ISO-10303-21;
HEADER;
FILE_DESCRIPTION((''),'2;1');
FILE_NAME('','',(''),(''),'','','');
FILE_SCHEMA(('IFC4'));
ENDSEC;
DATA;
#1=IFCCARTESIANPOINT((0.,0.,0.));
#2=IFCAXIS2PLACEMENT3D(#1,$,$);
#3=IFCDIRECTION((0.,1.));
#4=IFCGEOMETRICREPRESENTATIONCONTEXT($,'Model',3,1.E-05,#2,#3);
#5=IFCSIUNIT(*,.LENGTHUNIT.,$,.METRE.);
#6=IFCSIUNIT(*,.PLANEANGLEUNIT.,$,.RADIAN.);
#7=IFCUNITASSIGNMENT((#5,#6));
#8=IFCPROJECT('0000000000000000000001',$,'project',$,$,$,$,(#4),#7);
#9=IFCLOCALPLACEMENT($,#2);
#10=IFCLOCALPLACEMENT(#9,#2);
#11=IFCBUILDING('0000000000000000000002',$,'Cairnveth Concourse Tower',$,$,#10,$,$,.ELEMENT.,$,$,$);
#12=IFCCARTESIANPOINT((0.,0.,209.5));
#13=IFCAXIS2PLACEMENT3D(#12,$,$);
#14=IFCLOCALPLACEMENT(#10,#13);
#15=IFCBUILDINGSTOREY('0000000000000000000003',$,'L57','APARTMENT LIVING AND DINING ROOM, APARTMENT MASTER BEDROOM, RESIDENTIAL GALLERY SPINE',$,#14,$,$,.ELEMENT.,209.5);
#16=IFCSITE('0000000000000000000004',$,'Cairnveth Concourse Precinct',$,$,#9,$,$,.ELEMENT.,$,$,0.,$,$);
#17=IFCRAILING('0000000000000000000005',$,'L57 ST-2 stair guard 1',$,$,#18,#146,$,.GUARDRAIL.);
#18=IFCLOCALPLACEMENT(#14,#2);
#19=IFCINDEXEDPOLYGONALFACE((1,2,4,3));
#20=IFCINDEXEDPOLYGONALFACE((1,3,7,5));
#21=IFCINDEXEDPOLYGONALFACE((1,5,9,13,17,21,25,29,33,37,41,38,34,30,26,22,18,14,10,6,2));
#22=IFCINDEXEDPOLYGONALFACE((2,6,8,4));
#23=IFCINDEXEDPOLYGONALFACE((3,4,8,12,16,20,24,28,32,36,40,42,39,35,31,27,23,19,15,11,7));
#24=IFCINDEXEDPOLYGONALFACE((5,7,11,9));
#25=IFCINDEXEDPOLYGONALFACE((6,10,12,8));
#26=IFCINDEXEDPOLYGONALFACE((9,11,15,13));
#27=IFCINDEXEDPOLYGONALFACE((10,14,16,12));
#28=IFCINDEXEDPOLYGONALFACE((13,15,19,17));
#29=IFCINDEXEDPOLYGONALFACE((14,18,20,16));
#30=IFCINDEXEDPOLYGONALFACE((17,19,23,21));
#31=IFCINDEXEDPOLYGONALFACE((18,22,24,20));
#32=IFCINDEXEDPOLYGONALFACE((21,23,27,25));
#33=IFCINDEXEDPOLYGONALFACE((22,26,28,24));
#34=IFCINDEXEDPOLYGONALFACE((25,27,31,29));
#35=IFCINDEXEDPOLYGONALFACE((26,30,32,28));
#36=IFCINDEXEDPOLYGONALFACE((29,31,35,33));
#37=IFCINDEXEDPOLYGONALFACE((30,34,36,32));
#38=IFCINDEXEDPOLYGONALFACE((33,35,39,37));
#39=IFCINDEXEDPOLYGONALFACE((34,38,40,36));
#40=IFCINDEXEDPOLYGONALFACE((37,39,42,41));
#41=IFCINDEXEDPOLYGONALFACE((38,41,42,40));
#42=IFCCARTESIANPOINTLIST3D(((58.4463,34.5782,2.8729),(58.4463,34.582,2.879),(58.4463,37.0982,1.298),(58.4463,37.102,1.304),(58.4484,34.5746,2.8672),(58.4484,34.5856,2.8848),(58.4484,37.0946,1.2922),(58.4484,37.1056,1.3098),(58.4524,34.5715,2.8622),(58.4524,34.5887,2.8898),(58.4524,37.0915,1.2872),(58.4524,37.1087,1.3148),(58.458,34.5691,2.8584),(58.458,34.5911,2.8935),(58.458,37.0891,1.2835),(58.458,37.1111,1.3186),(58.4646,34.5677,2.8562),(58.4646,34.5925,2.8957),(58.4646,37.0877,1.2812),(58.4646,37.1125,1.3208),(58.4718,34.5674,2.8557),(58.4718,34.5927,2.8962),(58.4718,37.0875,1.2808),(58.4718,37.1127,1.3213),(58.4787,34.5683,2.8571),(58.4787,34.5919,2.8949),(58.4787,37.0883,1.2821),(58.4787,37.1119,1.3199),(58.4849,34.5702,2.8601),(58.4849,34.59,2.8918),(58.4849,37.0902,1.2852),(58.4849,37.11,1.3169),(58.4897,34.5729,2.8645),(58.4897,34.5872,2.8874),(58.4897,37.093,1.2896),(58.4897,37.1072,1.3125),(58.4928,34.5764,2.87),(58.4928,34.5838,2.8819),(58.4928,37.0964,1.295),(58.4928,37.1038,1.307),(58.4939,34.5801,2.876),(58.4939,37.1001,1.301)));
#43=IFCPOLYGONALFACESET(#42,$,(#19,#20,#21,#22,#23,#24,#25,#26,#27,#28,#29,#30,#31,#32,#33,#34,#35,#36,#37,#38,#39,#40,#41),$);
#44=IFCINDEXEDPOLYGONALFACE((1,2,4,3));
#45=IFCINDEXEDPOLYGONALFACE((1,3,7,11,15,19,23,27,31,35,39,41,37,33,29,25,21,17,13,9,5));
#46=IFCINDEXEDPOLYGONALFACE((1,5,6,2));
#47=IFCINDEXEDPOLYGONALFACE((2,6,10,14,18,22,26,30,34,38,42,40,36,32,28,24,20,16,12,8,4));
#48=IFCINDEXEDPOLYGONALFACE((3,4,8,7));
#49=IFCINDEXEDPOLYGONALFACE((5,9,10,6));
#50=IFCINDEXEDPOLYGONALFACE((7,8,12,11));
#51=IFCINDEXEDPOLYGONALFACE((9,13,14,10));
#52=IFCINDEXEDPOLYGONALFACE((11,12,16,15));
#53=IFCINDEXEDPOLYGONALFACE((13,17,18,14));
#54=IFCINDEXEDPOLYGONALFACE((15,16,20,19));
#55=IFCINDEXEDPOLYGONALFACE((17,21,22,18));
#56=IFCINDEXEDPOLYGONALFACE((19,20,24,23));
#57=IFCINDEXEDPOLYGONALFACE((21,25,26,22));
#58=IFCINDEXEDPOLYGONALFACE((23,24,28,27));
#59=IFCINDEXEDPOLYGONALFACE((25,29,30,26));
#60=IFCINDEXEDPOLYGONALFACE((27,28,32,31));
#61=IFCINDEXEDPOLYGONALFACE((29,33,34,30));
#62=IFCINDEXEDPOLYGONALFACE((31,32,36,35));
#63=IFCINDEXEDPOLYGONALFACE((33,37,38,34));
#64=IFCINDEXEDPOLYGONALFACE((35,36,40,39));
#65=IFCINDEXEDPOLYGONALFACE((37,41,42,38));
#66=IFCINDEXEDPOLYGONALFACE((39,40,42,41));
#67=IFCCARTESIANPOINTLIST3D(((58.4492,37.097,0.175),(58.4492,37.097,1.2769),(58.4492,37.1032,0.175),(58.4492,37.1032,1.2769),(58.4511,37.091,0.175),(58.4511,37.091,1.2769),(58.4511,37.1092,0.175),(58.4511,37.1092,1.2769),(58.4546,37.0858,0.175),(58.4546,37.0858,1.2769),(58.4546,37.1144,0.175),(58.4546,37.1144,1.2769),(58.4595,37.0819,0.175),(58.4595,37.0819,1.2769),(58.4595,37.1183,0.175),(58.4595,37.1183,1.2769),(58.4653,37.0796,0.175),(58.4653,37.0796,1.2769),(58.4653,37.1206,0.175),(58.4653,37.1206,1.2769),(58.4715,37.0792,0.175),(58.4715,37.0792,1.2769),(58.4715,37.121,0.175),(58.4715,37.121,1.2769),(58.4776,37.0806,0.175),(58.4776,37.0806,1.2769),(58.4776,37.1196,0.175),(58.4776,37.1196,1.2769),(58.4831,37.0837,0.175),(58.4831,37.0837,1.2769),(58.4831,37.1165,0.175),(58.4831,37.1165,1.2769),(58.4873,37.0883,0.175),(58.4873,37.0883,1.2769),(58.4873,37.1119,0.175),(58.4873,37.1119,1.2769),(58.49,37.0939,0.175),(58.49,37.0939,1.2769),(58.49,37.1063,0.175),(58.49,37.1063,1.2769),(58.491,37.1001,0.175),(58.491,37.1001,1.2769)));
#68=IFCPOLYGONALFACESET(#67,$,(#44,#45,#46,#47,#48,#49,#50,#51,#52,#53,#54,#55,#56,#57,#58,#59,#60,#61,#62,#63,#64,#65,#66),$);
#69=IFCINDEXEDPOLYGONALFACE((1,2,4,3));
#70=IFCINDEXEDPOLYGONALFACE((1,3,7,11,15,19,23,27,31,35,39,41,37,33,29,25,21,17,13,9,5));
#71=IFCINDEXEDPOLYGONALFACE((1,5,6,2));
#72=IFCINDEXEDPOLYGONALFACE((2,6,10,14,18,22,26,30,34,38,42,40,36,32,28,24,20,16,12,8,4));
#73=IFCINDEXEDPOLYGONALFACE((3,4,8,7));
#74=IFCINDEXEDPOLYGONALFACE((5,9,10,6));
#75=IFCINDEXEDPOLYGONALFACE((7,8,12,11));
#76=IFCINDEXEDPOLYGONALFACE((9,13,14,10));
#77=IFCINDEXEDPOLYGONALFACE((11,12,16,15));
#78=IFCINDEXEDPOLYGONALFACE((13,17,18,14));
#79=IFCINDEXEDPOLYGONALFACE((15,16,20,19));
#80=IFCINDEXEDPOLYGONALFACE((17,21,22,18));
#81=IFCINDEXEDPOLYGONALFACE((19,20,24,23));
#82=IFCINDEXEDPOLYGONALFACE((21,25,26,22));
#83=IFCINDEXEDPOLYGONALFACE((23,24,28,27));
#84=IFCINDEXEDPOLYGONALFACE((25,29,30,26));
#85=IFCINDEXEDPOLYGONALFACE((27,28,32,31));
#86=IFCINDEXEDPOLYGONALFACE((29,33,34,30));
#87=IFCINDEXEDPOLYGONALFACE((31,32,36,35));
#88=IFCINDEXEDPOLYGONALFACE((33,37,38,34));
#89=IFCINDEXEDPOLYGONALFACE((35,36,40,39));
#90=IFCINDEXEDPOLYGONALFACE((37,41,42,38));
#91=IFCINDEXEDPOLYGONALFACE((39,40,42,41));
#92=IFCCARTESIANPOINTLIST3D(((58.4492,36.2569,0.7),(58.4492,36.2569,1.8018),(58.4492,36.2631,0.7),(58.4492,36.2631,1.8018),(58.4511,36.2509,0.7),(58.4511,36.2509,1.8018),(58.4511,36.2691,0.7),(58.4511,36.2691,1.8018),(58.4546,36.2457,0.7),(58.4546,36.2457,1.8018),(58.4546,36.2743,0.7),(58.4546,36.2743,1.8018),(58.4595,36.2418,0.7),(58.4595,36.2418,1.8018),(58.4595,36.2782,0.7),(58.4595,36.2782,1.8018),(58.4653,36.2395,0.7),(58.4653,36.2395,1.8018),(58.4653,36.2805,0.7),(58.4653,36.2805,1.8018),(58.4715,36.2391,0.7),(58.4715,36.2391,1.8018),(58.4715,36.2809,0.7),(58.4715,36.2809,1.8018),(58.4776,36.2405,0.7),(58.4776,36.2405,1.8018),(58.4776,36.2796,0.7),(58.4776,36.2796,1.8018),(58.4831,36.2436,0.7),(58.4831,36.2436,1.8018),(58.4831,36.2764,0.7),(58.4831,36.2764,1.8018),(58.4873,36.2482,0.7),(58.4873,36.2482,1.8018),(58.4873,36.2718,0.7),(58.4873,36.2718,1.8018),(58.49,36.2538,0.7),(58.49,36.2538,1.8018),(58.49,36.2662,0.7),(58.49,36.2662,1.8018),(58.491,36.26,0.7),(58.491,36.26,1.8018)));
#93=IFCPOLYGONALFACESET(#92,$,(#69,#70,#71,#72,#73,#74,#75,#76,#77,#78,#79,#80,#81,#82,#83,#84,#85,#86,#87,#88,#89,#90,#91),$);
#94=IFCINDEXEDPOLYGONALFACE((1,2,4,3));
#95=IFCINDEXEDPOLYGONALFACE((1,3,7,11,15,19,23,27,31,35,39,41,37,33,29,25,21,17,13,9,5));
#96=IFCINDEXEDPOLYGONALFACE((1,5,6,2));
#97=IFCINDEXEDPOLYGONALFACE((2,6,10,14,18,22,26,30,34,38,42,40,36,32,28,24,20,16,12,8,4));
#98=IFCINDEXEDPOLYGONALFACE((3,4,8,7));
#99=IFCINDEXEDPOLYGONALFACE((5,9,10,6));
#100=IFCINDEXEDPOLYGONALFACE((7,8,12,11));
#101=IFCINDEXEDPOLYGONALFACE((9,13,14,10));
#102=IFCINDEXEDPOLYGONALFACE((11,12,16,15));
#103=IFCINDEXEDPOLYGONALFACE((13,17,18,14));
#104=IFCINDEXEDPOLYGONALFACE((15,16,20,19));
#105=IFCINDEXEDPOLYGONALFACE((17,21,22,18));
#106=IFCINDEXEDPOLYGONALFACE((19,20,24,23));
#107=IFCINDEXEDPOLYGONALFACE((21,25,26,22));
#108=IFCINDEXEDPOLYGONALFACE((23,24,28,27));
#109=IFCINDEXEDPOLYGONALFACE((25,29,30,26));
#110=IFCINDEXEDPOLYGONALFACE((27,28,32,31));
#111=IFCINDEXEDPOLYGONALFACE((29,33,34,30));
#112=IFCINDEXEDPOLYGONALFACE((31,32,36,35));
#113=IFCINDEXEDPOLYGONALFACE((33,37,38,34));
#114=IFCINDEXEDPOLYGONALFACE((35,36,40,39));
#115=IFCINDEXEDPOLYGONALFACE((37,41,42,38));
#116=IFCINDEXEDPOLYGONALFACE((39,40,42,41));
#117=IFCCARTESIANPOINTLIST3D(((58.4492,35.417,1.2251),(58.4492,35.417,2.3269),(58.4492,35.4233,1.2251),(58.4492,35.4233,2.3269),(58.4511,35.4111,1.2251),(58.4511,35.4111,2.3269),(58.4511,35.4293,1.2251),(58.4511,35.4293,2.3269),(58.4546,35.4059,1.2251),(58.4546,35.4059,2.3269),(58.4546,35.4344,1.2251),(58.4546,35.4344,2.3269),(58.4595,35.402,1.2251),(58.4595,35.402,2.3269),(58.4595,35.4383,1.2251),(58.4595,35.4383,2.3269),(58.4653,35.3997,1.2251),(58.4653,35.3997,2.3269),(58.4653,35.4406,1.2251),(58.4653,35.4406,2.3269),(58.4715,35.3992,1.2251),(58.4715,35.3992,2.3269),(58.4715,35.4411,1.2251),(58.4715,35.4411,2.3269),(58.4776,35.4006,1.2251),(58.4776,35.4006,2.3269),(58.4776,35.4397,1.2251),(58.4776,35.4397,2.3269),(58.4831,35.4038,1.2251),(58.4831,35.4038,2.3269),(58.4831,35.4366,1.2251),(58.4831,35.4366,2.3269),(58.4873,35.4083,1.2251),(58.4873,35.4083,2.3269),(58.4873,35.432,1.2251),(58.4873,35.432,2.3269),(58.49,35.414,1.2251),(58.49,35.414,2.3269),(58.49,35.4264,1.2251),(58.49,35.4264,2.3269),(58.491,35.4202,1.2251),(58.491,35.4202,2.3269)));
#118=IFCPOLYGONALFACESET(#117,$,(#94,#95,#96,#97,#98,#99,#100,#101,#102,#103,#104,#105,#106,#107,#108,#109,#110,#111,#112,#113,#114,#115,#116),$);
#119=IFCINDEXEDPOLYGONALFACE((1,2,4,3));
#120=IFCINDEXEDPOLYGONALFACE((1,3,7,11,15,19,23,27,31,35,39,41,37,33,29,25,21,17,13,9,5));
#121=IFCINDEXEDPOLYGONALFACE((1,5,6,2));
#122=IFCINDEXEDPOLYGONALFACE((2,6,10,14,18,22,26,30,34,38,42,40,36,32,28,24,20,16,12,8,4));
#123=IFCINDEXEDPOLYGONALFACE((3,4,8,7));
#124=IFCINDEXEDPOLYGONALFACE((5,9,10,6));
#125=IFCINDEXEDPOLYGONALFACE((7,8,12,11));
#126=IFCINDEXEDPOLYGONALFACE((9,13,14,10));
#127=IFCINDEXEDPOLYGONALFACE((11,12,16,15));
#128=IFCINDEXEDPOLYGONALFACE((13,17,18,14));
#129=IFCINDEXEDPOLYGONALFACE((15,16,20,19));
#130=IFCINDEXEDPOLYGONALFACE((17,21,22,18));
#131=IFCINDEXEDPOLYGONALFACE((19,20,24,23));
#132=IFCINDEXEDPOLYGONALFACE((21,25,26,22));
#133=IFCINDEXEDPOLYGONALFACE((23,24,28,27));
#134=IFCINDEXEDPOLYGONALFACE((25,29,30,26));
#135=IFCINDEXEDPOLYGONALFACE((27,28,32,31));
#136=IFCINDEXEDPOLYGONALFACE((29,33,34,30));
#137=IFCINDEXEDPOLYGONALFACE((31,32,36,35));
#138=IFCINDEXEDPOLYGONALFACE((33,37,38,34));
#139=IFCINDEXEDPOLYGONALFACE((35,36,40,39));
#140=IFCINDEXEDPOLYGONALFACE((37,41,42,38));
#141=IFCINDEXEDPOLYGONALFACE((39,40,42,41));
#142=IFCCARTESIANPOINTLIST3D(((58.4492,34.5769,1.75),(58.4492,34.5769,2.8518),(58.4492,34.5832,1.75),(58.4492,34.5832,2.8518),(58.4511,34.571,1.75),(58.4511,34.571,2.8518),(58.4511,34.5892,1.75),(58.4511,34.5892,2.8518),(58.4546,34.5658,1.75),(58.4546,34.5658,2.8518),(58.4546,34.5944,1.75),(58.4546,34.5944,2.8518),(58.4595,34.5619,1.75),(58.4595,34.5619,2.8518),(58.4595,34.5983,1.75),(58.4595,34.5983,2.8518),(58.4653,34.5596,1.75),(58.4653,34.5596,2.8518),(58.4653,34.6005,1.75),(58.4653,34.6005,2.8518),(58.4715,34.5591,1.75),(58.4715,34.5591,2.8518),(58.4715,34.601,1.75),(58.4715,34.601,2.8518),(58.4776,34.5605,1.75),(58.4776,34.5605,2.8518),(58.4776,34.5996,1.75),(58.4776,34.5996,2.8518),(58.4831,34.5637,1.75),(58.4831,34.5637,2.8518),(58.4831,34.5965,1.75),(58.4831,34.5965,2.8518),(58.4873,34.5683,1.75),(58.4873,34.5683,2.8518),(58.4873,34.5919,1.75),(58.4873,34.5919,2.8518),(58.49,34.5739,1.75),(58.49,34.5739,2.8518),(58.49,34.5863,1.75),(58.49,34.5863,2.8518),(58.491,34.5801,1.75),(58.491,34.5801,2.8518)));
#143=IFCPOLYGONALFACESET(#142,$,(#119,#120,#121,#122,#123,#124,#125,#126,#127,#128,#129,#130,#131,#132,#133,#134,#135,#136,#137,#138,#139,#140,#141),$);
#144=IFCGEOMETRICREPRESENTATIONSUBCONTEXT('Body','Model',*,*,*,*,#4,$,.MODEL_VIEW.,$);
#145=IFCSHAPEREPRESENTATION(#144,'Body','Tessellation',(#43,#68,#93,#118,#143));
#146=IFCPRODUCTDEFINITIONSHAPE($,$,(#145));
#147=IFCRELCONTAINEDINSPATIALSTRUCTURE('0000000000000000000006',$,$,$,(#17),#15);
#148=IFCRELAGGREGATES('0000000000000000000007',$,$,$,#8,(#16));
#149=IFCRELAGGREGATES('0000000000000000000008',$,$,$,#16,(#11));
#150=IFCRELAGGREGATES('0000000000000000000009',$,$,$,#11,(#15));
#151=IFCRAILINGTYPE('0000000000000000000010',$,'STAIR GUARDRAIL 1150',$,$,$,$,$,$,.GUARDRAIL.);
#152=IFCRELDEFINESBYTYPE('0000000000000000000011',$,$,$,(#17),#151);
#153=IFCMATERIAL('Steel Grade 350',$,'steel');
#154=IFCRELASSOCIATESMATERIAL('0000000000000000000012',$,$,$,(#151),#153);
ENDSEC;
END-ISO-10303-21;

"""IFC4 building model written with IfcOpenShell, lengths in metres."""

from ifc_helpers import new_model, si_unit, direction, frame, origin, origin_2d, place, context, subcontext, project, spatial, circle, extrude, material, type_object, element, save


model = new_model("IFC4")

# Units and contexts
model_context = context("Model", 3, precision=1e-05, world=origin(), true_north=direction((0.0, 1.0)))
body_context = subcontext(model_context, "Body", "Model", "MODEL_VIEW")
ifc_project = project(units=[si_unit("LENGTHUNIT", "METRE"), si_unit("PLANEANGLEUNIT", "RADIAN")], contexts=[model_context])

# Site, building, storey
site_placement = place(None, origin())
site = spatial("IfcSite", under=ifc_project, at=site_placement, Name="Cairnveth Concourse Precinct", CompositionType="ELEMENT", RefElevation=0.0)
building_placement = place(site_placement, origin())
building = spatial("IfcBuilding", under=site, at=building_placement, Name="Cairnveth Concourse Tower", CompositionType="ELEMENT")
storey_placement = place(building_placement, frame((0.0, 0.0, 209.5)))
storey = spatial("IfcBuildingStorey", under=building, at=storey_placement, Name="L57", Description="APARTMENT LIVING AND DINING ROOM, APARTMENT MASTER BEDROOM, RESIDENTIAL GALLERY SPINE", CompositionType="ELEMENT", Elevation=209.5)

# Shared definitions
ifc_material_1 = material(Name="Steel Grade 350", Category="steel")

# Railing
railing_type_1 = type_object("IfcRailingType", Name="STAIR GUARDRAIL 1150", PredefinedType="GUARDRAIL", material=ifc_material_1)
railing_1_placement = place(storey_placement, frame((58.47, 37.1001, 0.175)))
element("IfcRailing", 1, at=railing_1_placement, inside=storey, type_object=railing_type_1, Name="L57 ST-2 stair guard 1", PredefinedType="GUARDRAIL", context=body_context, shape_type="SweptSolid", body=[
    extrude(circle(Radius=0.0239, at=origin_2d()), frame((0.0, 0.0, 1.126), z_axis=(0.0, -0.848008, 0.529984), x_axis=(1.0, 0.0, 0.0)), (0.0, 0.0, 1.0), 2.9717),
    extrude(circle(Radius=0.021, at=origin_2d()), origin(), (0.0, 0.0, 1.0), 1.1018),
    extrude(circle(Radius=0.021, at=origin_2d()), frame((0.0, -0.8401, 0.5249)), (0.0, 0.0, 1.0), 1.1018),
    extrude(circle(Radius=0.021, at=origin_2d()), frame((0.0, -1.6799, 1.05)), (0.0, 0.0, 1.0), 1.1018),
    extrude(circle(Radius=0.021, at=origin_2d()), frame((0.0, -2.52, 1.575)), (0.0, 0.0, 1.0), 1.1018),
])

save(model, "model.ifc")
